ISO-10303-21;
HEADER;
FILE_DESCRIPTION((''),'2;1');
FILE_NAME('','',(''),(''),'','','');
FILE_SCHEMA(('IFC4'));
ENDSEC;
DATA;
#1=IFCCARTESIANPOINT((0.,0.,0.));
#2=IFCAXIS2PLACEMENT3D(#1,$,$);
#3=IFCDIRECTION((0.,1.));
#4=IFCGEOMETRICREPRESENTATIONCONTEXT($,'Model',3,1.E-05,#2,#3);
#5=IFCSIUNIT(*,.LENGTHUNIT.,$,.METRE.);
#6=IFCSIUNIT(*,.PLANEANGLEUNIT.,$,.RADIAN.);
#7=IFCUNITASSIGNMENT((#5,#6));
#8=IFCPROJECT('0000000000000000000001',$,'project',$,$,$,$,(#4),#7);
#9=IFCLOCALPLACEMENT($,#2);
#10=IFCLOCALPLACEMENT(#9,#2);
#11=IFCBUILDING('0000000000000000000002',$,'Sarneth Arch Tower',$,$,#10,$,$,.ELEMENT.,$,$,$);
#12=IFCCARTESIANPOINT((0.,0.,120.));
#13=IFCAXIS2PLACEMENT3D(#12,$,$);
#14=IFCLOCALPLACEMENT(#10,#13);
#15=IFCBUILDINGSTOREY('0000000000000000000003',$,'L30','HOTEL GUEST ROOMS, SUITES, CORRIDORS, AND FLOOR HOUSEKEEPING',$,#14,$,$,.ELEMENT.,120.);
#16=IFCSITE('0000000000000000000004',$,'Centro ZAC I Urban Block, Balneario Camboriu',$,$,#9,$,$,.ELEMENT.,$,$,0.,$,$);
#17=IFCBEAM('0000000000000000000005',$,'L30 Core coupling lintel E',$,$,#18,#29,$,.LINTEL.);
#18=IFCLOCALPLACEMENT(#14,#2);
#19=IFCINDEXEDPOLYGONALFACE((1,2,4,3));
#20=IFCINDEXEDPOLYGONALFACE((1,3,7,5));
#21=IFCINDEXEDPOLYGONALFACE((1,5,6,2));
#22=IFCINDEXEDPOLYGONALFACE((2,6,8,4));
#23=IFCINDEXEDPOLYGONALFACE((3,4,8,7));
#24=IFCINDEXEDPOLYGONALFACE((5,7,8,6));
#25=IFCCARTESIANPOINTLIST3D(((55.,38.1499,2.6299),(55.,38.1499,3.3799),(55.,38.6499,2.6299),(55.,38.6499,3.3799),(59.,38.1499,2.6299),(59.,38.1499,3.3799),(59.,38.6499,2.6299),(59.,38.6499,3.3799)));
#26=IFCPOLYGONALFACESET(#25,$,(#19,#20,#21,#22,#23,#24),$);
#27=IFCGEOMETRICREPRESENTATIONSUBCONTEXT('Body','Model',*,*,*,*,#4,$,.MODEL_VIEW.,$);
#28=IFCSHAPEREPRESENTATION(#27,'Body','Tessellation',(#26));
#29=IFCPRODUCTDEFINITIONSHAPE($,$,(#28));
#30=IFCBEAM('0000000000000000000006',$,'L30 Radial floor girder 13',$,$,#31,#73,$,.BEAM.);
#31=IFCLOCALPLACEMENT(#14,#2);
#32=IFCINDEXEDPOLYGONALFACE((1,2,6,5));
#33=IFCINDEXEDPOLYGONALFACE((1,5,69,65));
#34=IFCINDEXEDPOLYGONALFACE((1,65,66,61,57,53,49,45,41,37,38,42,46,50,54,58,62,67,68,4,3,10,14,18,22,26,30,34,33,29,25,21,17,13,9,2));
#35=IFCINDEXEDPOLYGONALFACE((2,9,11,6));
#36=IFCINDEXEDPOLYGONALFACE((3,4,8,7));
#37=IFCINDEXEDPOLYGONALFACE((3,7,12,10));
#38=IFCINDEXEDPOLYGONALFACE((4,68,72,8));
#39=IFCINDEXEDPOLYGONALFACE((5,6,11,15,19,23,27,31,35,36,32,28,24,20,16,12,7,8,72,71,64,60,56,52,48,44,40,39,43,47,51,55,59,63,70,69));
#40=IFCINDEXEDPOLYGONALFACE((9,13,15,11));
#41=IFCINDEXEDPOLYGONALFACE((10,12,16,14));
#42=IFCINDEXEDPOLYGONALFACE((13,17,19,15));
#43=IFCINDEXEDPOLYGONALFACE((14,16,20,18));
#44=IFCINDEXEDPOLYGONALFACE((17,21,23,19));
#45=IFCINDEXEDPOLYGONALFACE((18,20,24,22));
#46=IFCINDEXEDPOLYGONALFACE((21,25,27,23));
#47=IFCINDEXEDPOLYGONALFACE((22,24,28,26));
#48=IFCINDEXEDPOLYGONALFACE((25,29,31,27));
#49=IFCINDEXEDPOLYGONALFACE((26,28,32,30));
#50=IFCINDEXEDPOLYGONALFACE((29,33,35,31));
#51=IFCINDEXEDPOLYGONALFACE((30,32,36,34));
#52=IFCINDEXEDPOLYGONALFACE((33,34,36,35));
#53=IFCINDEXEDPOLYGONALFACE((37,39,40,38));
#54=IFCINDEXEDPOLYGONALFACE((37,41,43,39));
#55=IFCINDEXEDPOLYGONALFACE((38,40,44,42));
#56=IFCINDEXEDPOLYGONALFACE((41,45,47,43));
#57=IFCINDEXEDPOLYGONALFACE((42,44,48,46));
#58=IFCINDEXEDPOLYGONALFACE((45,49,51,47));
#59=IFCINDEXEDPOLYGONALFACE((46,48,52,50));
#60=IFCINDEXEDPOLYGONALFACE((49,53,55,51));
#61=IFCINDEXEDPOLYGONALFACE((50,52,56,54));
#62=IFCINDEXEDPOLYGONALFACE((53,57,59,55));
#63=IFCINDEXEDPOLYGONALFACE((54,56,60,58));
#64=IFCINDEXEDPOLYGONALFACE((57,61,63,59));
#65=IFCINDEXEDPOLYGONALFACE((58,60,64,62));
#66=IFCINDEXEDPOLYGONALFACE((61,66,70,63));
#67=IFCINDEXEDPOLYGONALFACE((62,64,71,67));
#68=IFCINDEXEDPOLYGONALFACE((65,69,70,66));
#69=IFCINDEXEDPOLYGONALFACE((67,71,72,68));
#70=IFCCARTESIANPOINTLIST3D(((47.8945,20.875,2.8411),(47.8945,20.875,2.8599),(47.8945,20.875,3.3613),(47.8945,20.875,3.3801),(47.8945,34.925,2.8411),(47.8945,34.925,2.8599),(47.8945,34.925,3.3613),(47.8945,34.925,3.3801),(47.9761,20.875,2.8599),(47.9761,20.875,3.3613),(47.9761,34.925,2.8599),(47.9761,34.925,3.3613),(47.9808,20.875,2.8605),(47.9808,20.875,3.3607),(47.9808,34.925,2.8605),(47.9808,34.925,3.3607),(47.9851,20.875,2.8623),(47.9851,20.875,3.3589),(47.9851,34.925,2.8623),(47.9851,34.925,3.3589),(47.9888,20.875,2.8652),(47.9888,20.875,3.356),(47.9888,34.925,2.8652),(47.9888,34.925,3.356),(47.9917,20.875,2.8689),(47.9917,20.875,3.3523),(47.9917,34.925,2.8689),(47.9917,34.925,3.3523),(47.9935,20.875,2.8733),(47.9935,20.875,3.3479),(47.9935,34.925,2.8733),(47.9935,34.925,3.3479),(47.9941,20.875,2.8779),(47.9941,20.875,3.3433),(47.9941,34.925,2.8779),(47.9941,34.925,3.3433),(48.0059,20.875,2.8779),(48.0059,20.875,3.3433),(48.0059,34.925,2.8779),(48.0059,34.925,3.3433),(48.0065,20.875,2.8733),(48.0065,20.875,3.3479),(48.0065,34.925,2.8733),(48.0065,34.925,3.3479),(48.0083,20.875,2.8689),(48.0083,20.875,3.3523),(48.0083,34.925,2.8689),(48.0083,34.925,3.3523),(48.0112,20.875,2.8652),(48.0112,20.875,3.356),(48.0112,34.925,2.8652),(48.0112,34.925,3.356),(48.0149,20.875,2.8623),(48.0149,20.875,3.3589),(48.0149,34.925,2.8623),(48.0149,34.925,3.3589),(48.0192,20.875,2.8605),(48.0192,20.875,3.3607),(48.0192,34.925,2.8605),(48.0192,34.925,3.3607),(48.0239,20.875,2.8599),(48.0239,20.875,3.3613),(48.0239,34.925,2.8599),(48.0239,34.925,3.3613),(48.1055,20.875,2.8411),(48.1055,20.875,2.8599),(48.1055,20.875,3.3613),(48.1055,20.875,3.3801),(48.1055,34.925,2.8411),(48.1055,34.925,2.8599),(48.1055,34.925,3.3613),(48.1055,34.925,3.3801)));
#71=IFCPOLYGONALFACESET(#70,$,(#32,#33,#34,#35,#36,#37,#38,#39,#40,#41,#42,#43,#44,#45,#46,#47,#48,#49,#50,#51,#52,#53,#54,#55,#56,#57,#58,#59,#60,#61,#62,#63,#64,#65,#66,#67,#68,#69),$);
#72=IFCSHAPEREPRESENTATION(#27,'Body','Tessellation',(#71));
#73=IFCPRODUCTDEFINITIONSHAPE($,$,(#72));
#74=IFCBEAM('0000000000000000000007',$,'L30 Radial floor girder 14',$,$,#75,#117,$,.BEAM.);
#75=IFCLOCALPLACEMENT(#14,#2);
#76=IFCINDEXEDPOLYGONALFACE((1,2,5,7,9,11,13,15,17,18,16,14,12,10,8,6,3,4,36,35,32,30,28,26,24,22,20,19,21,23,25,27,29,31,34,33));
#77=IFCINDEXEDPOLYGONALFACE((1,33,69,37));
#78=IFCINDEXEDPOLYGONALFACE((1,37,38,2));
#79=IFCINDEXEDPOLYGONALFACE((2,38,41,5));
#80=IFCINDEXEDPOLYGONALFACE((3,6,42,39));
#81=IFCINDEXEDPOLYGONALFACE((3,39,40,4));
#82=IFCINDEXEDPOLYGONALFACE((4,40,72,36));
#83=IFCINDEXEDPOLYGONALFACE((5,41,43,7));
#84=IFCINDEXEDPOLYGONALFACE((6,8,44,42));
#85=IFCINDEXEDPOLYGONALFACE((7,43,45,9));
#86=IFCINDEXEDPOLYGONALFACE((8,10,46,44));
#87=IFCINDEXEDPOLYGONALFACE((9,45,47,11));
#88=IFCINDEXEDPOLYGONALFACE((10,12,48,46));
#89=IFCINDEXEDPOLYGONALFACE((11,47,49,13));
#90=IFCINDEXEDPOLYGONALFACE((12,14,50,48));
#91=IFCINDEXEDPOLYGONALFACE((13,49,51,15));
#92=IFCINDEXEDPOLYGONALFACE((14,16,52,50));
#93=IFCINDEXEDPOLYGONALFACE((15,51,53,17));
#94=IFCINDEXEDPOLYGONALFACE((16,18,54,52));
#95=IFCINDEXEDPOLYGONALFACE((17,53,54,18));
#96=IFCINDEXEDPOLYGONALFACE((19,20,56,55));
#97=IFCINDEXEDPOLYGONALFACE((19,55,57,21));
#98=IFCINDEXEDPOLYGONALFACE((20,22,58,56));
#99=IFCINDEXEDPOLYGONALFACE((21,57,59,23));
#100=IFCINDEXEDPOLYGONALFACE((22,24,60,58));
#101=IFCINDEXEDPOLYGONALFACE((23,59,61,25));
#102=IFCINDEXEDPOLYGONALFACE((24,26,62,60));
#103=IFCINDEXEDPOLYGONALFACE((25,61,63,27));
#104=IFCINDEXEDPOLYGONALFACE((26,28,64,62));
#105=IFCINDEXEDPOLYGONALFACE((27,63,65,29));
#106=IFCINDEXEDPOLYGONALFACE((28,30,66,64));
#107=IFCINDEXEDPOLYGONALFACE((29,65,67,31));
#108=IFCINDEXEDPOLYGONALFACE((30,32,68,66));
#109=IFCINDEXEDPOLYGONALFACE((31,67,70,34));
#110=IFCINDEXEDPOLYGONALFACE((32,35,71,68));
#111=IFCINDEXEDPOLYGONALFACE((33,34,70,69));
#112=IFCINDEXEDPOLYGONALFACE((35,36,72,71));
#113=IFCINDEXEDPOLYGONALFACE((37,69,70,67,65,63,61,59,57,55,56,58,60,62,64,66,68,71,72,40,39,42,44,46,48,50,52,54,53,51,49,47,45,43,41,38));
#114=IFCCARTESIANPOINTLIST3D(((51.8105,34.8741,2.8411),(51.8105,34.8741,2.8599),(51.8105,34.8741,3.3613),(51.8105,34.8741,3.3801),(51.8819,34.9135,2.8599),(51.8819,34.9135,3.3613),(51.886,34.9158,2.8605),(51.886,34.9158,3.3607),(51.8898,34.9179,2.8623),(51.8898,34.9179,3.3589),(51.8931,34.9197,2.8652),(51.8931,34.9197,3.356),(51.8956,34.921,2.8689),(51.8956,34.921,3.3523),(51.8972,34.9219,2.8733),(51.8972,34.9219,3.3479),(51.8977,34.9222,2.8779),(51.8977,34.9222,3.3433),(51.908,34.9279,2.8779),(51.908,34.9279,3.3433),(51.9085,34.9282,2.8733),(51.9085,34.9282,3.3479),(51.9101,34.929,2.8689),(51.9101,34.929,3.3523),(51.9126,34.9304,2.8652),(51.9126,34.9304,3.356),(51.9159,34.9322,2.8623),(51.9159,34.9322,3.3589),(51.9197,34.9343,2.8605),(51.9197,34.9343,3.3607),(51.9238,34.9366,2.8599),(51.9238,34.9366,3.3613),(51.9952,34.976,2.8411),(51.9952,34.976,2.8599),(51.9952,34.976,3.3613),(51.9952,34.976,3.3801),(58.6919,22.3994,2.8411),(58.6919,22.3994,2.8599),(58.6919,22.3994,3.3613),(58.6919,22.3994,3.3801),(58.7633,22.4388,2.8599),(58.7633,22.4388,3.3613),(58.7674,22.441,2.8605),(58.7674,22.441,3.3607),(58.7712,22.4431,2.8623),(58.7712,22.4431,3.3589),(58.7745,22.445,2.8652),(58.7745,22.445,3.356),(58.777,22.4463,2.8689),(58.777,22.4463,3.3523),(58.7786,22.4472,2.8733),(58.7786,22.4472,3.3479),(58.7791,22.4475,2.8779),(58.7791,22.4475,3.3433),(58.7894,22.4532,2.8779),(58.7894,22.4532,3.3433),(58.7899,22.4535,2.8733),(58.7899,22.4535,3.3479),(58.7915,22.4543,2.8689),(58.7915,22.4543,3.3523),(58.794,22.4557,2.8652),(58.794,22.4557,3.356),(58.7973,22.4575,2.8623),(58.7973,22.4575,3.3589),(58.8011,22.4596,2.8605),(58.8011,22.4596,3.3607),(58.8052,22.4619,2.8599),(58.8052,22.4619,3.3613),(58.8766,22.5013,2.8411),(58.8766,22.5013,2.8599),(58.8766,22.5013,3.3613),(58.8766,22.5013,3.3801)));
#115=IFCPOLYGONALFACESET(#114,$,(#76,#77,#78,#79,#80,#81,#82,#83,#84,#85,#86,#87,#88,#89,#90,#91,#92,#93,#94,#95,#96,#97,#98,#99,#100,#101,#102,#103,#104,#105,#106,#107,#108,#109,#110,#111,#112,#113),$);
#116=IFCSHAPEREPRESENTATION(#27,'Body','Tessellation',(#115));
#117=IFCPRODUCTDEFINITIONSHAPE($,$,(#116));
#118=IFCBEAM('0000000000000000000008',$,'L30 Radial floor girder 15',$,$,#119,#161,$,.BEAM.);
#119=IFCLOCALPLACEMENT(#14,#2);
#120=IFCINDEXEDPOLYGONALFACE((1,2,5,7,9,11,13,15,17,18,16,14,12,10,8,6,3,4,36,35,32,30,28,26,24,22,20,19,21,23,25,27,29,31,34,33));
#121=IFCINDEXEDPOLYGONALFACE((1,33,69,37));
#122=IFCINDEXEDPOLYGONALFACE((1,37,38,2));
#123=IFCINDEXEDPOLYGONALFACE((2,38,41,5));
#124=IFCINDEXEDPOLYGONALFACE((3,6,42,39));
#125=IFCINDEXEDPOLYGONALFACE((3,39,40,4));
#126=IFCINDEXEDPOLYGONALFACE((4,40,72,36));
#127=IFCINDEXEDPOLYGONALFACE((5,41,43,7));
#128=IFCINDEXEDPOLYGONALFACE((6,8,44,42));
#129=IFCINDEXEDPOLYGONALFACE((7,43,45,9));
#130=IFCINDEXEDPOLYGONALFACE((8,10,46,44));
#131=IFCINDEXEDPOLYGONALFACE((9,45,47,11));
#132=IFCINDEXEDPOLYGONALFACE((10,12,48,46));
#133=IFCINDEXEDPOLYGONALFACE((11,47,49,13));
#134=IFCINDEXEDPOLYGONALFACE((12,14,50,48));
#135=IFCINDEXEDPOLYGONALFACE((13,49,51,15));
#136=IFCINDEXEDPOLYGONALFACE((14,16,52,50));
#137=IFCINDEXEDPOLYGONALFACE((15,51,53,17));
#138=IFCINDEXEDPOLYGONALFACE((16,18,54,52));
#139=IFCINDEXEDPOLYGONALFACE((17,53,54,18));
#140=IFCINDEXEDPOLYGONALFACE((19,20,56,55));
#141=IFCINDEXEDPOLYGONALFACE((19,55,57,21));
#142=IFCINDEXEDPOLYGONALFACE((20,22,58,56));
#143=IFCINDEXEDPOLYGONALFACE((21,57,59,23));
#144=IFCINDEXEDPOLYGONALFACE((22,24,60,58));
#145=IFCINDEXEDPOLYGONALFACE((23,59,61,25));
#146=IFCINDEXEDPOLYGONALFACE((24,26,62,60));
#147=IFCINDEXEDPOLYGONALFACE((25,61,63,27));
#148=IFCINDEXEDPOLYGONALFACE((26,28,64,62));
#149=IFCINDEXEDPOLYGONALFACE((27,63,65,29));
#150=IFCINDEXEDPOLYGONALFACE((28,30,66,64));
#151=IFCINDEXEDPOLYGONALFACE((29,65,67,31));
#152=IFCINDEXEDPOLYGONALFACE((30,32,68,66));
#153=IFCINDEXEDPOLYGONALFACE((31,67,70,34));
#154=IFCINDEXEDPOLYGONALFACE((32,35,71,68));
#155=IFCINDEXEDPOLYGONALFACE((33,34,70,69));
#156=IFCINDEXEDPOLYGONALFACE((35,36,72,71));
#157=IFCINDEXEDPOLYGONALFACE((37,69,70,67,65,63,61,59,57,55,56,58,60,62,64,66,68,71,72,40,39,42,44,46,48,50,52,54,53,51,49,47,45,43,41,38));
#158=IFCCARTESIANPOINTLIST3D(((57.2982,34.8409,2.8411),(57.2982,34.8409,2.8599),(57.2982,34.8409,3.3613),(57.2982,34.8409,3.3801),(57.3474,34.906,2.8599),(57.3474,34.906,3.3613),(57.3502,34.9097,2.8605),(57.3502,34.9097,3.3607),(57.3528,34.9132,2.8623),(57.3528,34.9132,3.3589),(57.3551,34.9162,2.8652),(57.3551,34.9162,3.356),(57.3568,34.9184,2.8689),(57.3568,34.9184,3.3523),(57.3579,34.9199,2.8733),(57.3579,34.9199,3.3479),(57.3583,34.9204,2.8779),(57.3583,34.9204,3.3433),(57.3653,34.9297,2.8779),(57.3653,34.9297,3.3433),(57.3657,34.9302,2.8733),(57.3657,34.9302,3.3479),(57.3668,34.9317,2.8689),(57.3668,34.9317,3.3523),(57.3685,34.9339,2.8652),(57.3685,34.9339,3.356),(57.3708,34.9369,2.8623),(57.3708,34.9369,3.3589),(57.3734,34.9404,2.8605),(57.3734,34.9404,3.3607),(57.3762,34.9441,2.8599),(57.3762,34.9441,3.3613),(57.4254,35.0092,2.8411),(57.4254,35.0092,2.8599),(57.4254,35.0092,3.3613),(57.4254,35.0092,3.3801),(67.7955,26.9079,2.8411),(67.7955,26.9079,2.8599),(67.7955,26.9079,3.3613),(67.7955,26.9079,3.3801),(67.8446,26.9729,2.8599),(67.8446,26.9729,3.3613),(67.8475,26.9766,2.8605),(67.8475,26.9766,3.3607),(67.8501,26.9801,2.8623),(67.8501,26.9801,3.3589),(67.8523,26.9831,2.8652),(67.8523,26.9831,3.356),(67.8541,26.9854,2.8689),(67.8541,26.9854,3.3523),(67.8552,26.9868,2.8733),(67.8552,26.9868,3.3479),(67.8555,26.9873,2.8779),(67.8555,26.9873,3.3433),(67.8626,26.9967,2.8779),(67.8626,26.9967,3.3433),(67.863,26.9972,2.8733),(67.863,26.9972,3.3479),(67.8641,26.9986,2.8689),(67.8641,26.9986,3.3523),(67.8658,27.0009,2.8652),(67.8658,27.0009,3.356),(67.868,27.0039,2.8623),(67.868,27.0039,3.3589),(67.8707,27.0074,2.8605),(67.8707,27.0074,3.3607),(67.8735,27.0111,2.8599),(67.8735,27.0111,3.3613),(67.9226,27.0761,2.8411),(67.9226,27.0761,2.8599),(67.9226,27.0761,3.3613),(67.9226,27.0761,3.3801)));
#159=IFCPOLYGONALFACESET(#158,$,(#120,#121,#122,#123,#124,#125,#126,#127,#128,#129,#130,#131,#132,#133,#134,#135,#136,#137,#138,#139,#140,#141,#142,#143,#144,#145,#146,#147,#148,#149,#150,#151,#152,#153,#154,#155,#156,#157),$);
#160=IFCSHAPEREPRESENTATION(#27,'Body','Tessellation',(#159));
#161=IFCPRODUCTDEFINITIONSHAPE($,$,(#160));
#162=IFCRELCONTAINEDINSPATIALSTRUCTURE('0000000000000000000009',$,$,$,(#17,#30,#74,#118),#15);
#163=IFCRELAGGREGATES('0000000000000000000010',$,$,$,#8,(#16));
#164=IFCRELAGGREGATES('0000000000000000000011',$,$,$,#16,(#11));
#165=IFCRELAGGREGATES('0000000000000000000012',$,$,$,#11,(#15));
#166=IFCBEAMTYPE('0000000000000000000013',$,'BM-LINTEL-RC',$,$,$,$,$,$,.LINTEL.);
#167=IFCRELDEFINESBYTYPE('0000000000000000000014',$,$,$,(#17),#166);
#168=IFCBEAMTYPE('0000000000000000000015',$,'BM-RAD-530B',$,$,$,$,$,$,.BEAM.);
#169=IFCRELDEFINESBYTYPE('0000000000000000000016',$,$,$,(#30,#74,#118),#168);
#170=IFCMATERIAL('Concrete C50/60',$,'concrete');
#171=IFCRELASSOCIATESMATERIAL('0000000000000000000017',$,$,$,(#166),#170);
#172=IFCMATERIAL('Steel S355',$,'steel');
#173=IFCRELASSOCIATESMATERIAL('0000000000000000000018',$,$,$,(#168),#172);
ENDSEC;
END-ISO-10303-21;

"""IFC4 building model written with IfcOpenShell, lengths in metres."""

from ifc_helpers import new_model, si_unit, direction, frame, origin, origin_2d, place, context, subcontext, project, spatial, rectangle, i_section, extrude, material, material_profile, profile_set, type_object, element, save


model = new_model("IFC4")

# Units and contexts
model_context = context("Model", 3, precision=1e-05, world=origin(), true_north=direction((0.0, 1.0)))
body_context = subcontext(model_context, "Body", "Model", "MODEL_VIEW")
ifc_project = project(units=[si_unit("LENGTHUNIT", "METRE"), si_unit("PLANEANGLEUNIT", "RADIAN")], contexts=[model_context])

# Site, building, storey
site_placement = place(None, origin())
site = spatial("IfcSite", under=ifc_project, at=site_placement, Name="Centro ZAC I Urban Block, Balneario Camboriu", CompositionType="ELEMENT", RefElevation=0.0)
building_placement = place(site_placement, origin())
building = spatial("IfcBuilding", under=site, at=building_placement, Name="Sarneth Arch Tower", CompositionType="ELEMENT")
storey_placement = place(building_placement, frame((0.0, 0.0, 120.0)))
storey = spatial("IfcBuildingStorey", under=building, at=storey_placement, Name="L30", Description="HOTEL GUEST ROOMS, SUITES, CORRIDORS, AND FLOOR HOUSEKEEPING", CompositionType="ELEMENT", Elevation=120.0)

# Beams
ifc_material_1 = material(Name="Concrete C50/60", Category="concrete")
ifc_material_profile_1 = material_profile(ifc_material_1, rectangle(XDim=0.5, YDim=0.75, at=origin_2d()), Name="RC-500x750")
ifc_profile_set_1 = profile_set([ifc_material_profile_1], Name="Concrete C50/60")
beam_type_1 = type_object("IfcBeamType", Name="BM-LINTEL-RC", PredefinedType="LINTEL", material=ifc_profile_set_1)
beam_1_placement = place(storey_placement, frame((55.0, 38.3999, 3.0049), z_axis=(1.0, 0.0, 0.0), x_axis=(0.0, 1.0, 0.0)))
element("IfcBeam", 1, at=beam_1_placement, inside=storey, type_object=beam_type_1, Name="L30 Core coupling lintel E", PredefinedType="LINTEL", context=body_context, shape_type="SweptSolid", body=[
    extrude(rectangle(XDim=0.5, YDim=0.75, at=origin_2d()), origin(), (0.0, 0.0, 1.0), 4.0),
])
ifc_material_2 = material(Name="Steel S355", Category="steel")
ifc_material_profile_2 = material_profile(ifc_material_2, i_section(OverallWidth=0.2109, OverallDepth=0.5391, WebThickness=0.0117, FlangeThickness=0.0188, FilletRadius=0.0181, at=origin_2d()), Name="W530x109")
ifc_profile_set_2 = profile_set([ifc_material_profile_2], Name="Steel S355")
beam_type_2 = type_object("IfcBeamType", Name="BM-RAD-530B", PredefinedType="BEAM", material=ifc_profile_set_2)
beam_2_placement = place(storey_placement, frame((48.0, 34.925, 3.1106), z_axis=(0.0, -1.0, 0.0), x_axis=(1.0, 0.0, 0.0)))
element("IfcBeam", 2, at=beam_2_placement, inside=storey, type_object=beam_type_2, Name="L30 Radial floor girder 13", PredefinedType="BEAM", context=body_context, shape_type="SweptSolid", body=[
    extrude(i_section(OverallWidth=0.2109, OverallDepth=0.5391, WebThickness=0.0117, FlangeThickness=0.0188, FilletRadius=0.0181, at=origin_2d()), origin(), (0.0, 0.0, 1.0), 14.05),
])
beam_3_placement = place(storey_placement, frame((51.9028, 34.925, 3.1106), z_axis=(0.483013, -0.875613, 0.0), x_axis=(0.875613, 0.483013, 0.0)))
element("IfcBeam", 3, at=beam_3_placement, inside=storey, type_object=beam_type_2, Name="L30 Radial floor girder 14", PredefinedType="BEAM", context=body_context, shape_type="SweptSolid", body=[
    extrude(i_section(OverallWidth=0.2109, OverallDepth=0.5391, WebThickness=0.0117, FlangeThickness=0.0188, FilletRadius=0.0181, at=origin_2d()), origin(), (0.0, 0.0, 1.0), 14.2468),
])
beam_4_placement = place(storey_placement, frame((57.3618, 34.925, 3.1106), z_axis=(0.797801, -0.60292, 0.0), x_axis=(0.60292, 0.797801, 0.0)))
element("IfcBeam", 4, at=beam_4_placement, inside=storey, type_object=beam_type_2, Name="L30 Radial floor girder 15", PredefinedType="BEAM", context=body_context, shape_type="SweptSolid", body=[
    extrude(i_section(OverallWidth=0.2109, OverallDepth=0.5391, WebThickness=0.0117, FlangeThickness=0.0188, FilletRadius=0.0181, at=origin_2d()), origin(), (0.0, 0.0, 1.0), 13.1577),
])

save(model, "model.ifc")
